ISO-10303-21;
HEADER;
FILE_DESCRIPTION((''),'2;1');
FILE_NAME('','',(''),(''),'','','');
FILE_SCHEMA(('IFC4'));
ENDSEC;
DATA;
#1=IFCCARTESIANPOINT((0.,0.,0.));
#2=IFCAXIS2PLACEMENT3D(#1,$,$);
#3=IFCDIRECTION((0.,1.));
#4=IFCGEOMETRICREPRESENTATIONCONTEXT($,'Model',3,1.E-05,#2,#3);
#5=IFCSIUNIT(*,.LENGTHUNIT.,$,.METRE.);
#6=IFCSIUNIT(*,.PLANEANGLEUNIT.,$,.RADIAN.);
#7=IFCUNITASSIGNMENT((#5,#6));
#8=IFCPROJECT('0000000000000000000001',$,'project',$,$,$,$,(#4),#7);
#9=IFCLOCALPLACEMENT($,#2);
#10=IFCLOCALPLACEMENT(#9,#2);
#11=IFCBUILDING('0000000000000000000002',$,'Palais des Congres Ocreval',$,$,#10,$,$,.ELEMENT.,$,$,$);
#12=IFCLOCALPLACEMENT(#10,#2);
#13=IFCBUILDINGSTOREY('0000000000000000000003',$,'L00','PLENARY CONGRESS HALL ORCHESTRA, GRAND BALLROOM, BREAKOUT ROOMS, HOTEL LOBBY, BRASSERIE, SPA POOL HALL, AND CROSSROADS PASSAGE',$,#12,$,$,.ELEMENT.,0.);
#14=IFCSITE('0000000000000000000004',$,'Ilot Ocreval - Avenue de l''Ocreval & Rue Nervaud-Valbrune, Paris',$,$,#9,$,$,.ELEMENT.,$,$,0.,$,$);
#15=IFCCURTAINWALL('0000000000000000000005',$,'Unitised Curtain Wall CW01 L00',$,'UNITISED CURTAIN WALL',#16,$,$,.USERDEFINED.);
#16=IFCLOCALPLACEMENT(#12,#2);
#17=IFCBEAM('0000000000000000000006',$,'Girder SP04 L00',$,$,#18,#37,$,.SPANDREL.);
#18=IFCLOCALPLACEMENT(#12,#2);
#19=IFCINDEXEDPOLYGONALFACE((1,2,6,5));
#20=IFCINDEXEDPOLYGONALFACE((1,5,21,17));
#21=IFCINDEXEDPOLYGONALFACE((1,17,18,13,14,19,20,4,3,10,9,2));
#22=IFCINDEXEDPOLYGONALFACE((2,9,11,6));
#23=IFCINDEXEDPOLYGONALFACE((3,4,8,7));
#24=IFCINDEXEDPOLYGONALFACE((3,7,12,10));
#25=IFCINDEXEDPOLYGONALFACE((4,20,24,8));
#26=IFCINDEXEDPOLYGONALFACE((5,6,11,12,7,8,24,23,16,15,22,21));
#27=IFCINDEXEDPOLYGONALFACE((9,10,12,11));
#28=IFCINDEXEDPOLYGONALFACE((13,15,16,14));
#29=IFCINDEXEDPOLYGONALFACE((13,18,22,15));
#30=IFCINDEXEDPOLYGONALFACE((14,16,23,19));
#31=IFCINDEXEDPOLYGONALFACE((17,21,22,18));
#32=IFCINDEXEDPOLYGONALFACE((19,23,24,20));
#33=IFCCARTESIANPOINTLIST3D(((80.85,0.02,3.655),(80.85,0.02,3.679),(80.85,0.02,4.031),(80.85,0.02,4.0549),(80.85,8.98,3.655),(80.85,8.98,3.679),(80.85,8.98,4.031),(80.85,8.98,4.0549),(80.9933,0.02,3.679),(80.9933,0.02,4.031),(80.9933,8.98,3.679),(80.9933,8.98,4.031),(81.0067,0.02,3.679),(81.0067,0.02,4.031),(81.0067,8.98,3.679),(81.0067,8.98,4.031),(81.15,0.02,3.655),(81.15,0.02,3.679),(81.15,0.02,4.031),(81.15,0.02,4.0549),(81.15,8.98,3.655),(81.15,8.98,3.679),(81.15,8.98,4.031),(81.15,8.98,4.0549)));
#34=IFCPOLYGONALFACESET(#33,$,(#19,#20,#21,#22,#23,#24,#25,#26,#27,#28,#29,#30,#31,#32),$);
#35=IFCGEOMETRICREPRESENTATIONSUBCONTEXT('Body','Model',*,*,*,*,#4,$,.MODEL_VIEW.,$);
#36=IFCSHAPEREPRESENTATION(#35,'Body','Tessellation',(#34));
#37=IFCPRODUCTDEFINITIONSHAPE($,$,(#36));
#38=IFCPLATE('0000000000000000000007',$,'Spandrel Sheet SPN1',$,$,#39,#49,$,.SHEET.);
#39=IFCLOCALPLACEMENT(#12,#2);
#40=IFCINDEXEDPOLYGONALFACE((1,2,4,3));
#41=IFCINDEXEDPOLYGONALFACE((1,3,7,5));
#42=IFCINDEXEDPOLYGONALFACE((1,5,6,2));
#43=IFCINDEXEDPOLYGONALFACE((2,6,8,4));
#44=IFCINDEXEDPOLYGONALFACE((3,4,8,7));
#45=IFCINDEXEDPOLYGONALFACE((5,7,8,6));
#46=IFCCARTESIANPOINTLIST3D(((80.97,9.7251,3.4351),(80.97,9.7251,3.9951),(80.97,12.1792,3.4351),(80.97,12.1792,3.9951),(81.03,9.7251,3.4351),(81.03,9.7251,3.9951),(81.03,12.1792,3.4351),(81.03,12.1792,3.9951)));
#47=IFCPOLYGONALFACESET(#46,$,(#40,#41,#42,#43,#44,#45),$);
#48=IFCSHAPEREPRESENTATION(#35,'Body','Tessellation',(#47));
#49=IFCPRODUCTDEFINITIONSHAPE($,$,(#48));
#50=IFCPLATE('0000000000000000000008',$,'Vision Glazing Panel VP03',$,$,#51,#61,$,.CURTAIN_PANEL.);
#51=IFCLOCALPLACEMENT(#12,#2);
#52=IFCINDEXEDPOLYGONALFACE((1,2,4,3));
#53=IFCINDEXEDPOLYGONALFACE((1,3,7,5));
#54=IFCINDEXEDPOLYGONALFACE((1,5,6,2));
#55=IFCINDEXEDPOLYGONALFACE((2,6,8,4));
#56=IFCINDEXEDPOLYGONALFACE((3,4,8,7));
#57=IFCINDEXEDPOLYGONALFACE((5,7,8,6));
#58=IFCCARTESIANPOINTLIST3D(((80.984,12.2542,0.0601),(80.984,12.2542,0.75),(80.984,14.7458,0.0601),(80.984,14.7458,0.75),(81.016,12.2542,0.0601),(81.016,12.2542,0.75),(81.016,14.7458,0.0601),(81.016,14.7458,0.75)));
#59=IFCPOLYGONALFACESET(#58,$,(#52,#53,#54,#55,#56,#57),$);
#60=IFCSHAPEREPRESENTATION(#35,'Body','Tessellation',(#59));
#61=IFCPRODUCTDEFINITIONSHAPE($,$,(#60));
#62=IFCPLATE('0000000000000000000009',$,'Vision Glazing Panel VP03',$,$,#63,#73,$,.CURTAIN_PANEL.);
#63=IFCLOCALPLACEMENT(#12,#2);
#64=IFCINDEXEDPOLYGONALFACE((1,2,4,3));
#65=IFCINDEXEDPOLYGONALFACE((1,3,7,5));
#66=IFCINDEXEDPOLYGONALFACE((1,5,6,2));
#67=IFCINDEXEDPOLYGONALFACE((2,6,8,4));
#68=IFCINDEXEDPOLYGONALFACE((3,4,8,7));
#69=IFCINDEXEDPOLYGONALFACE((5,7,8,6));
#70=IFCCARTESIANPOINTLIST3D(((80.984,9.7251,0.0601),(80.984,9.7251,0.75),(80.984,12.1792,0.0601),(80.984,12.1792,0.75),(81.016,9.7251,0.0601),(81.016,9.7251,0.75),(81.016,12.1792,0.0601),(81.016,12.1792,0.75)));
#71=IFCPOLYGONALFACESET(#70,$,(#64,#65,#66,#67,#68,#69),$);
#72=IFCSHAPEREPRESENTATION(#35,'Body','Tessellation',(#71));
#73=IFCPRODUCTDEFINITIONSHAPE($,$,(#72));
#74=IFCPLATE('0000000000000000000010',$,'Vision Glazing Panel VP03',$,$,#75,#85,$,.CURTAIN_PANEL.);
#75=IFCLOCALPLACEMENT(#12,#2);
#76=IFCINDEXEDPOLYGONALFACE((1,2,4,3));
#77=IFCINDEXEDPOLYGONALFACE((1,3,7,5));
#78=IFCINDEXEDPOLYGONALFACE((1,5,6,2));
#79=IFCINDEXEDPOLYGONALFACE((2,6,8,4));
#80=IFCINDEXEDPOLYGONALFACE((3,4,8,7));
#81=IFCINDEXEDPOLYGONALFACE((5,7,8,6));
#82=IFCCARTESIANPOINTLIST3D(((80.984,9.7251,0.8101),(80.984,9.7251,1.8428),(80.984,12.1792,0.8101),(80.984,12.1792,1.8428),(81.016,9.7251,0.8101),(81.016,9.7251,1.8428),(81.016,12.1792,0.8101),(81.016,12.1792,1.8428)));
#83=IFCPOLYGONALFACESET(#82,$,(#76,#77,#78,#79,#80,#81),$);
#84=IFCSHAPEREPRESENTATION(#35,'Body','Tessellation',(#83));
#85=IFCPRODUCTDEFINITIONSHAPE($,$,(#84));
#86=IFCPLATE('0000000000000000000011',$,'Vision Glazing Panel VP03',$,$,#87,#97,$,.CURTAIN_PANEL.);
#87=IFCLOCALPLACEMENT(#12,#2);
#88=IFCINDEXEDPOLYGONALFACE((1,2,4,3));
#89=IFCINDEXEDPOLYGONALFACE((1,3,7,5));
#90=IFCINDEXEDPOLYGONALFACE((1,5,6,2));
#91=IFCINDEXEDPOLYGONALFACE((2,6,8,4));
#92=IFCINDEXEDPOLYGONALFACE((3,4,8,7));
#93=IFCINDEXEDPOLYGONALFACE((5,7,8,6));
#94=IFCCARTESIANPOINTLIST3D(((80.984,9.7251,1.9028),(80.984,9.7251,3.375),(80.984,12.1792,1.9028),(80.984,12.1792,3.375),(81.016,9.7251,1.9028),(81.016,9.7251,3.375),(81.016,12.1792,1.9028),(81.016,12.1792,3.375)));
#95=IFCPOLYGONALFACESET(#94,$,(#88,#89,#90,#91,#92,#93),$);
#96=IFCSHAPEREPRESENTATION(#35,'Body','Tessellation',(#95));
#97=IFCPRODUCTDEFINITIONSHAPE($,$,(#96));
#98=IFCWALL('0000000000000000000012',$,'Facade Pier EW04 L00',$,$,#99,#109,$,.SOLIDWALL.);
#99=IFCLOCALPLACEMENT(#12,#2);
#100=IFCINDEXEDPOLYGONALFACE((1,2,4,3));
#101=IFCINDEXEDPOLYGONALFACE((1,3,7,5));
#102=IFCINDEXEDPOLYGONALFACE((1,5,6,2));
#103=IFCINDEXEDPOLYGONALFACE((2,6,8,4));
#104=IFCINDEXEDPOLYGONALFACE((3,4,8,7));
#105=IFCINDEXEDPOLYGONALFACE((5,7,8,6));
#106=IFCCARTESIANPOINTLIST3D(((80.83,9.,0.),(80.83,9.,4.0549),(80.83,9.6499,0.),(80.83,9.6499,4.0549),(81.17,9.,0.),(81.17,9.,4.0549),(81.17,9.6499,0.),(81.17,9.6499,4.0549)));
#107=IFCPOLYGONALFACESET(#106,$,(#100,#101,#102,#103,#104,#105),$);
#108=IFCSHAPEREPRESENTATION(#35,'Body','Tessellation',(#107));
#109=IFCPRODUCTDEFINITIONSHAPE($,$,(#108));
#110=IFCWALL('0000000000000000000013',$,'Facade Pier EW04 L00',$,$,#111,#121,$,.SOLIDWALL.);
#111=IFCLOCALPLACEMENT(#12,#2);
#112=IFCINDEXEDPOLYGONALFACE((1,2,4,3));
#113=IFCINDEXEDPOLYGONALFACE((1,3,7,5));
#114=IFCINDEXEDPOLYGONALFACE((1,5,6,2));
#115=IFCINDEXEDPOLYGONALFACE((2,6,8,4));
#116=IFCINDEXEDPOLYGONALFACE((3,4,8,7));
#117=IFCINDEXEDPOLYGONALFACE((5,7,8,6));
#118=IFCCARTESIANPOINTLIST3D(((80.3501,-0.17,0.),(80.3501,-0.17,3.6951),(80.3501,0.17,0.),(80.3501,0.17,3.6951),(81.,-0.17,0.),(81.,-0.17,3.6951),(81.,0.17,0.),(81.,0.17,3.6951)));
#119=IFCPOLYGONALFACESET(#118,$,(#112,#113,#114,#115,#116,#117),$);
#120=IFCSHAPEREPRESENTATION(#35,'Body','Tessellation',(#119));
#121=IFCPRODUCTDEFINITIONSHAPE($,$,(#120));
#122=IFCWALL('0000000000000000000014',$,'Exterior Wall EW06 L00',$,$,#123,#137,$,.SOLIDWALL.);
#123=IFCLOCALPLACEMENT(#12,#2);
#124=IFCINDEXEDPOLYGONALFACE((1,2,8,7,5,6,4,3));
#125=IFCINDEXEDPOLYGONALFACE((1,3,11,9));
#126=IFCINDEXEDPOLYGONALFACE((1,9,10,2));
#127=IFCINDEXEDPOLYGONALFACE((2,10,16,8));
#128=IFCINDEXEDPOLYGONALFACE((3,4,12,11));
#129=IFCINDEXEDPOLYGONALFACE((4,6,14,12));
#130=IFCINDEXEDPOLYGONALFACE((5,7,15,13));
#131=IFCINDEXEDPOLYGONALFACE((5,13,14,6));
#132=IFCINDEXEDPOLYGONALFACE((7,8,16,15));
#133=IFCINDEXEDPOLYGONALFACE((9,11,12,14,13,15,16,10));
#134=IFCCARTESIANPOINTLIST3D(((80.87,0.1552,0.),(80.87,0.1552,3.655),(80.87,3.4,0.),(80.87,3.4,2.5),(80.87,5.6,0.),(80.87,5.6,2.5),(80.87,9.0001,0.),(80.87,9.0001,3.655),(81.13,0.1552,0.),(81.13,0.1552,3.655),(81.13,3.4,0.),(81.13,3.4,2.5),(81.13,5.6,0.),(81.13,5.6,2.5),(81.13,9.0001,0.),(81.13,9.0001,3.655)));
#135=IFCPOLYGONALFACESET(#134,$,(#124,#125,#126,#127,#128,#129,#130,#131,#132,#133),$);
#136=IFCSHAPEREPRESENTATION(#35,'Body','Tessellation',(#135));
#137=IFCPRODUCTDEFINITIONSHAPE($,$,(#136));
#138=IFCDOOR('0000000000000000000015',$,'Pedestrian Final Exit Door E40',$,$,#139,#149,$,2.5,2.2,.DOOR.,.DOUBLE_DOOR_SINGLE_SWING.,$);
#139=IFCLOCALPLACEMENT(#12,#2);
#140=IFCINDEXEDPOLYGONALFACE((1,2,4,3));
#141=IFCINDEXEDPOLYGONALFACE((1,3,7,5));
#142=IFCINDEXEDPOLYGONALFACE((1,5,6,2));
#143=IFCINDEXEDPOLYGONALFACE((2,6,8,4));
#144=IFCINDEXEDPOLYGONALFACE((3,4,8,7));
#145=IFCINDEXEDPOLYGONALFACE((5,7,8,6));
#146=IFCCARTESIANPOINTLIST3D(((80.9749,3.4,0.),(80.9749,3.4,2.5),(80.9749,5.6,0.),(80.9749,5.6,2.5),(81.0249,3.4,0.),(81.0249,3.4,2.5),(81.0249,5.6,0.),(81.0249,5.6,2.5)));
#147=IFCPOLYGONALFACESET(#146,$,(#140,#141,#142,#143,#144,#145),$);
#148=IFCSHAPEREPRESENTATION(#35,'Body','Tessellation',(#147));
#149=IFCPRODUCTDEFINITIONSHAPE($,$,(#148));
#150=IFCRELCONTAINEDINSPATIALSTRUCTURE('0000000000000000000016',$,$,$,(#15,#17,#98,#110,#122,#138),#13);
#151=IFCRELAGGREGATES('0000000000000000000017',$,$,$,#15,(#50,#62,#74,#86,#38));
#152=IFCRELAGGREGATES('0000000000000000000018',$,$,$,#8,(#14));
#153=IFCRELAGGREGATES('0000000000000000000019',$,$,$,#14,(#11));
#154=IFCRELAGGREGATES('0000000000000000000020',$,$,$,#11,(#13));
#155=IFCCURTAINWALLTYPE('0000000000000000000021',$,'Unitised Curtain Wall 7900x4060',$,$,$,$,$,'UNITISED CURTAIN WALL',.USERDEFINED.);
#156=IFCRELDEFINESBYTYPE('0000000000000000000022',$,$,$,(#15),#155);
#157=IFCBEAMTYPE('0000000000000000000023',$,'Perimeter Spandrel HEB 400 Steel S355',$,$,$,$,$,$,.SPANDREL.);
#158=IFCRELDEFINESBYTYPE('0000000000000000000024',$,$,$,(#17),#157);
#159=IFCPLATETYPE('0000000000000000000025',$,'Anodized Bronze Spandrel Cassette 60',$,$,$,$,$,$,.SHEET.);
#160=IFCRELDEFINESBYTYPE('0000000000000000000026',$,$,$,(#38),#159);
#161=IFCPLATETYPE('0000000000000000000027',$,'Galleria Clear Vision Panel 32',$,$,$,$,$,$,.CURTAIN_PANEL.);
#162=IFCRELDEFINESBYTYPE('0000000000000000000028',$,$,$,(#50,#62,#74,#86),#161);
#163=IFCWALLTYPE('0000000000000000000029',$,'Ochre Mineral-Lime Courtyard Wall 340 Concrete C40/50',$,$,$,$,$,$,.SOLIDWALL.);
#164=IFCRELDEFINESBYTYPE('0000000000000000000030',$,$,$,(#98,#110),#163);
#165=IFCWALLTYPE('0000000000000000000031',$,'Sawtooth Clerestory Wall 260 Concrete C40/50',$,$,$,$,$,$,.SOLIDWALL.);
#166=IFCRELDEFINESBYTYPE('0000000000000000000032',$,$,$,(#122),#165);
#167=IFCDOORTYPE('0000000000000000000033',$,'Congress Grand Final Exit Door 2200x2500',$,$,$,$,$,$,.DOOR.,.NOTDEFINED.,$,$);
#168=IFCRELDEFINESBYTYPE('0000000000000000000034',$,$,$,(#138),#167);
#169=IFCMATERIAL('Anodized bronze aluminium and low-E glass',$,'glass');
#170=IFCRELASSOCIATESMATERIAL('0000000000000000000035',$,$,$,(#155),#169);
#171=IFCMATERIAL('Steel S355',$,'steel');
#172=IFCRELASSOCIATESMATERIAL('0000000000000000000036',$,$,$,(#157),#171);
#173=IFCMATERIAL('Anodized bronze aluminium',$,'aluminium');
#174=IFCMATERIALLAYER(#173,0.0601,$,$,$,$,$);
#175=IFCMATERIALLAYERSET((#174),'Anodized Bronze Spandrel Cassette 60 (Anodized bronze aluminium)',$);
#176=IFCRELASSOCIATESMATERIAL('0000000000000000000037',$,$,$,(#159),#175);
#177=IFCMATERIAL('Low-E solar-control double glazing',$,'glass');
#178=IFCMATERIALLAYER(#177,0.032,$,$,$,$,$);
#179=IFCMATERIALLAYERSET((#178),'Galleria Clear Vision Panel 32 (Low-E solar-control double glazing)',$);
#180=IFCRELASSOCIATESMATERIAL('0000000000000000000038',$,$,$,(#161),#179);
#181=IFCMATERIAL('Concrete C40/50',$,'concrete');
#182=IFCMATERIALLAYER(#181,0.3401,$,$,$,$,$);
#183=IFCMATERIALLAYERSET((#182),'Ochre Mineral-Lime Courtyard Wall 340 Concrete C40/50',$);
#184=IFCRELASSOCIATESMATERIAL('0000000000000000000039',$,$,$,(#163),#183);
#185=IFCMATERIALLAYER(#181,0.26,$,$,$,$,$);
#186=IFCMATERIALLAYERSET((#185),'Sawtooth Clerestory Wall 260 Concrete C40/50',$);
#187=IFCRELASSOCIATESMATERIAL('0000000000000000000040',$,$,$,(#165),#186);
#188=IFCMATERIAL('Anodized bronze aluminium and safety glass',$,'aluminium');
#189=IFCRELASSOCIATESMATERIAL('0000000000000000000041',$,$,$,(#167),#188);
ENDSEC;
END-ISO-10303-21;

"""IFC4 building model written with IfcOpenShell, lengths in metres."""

from ifc_helpers import new_model, si_unit, direction, frame, frame_2d, origin, origin_2d, place, context, subcontext, project, spatial, rectangle, i_section, extrude, material, layer, layer_set, material_profile, profile_set, type_object, element, fill, aggregate, save


model = new_model("IFC4")

# Units and contexts
model_context = context("Model", 3, precision=1e-05, world=origin(), true_north=direction((0.0, 1.0)))
body_context = subcontext(model_context, "Body", "Model", "MODEL_VIEW")
ifc_project = project(units=[si_unit("LENGTHUNIT", "METRE"), si_unit("PLANEANGLEUNIT", "RADIAN")], contexts=[model_context])

# Site, building, storey
site_placement = place(None, origin())
site = spatial("IfcSite", under=ifc_project, at=site_placement, Name="Ilot Ocreval - Avenue de l'Ocreval & Rue Nervaud-Valbrune, Paris", CompositionType="ELEMENT", RefElevation=0.0)
building_placement = place(site_placement, origin())
building = spatial("IfcBuilding", under=site, at=building_placement, Name="Palais des Congres Ocreval", CompositionType="ELEMENT")
storey_placement = place(building_placement, origin())
storey = spatial("IfcBuildingStorey", under=building, at=storey_placement, Name="L00", Description="PLENARY CONGRESS HALL ORCHESTRA, GRAND BALLROOM, BREAKOUT ROOMS, HOTEL LOBBY, BRASSERIE, SPA POOL HALL, AND CROSSROADS PASSAGE", CompositionType="ELEMENT", Elevation=0.0)

# Shared definitions
ifc_material_1 = material(Name="Steel S355", Category="steel")

# Curtain wall
ifc_material_2 = material(Name="Anodized bronze aluminium and low-E glass", Category="glass")
curtain_wall_type = type_object("IfcCurtainWallType", Name="Unitised Curtain Wall 7900x4060", ElementType="UNITISED CURTAIN WALL", PredefinedType="USERDEFINED", material=ifc_material_2)
curtain_wall_placement = place(storey_placement, origin())
curtain_wall = element("IfcCurtainWall", 1, at=curtain_wall_placement, inside=storey, type_object=curtain_wall_type, Name="Unitised Curtain Wall CW01 L00", ObjectType="UNITISED CURTAIN WALL", PredefinedType="USERDEFINED")
ifc_material_3 = material(Name="Anodized bronze aluminium", Category="aluminium")

# Beam
ifc_material_profile_1 = material_profile(ifc_material_1, i_section(OverallWidth=0.3, OverallDepth=0.3999, WebThickness=0.0134, FlangeThickness=0.0239, at=origin_2d()), Name="HEB 400")
ifc_profile_set_1 = profile_set([ifc_material_profile_1], Name="Steel S355")
beam_type_1 = type_object("IfcBeamType", Name="Perimeter Spandrel HEB 400 Steel S355", PredefinedType="SPANDREL", material=ifc_profile_set_1)
beam_1_placement = place(storey_placement, frame((81.0, 0.02, 3.855), z_axis=(0.0, 1.0, 0.0), x_axis=(-1.0, 0.0, 0.0)))
element("IfcBeam", 2, at=beam_1_placement, inside=storey, type_object=beam_type_1, Name="Girder SP04 L00", PredefinedType="SPANDREL", context=body_context, shape_type="SweptSolid", body=[
    extrude(i_section(OverallWidth=0.3, OverallDepth=0.3999, WebThickness=0.0134, FlangeThickness=0.0239, at=origin_2d()), origin(), (0.0, 0.0, 1.0), 8.96),
])

# Plates
ifc_layer_1 = layer(ifc_material_3, 0.0601)
ifc_layer_set_1 = layer_set([ifc_layer_1], Name="Anodized Bronze Spandrel Cassette 60 (Anodized bronze aluminium)")
plate_type_1 = type_object("IfcPlateType", Name="Anodized Bronze Spandrel Cassette 60", PredefinedType="SHEET", material=ifc_layer_set_1)
plate_1_placement = place(storey_placement, frame((81.0, 10.9521, 3.4351), z_axis=(0.0, 0.0, 1.0), x_axis=(0.0, -1.0, 0.0)))
plate_1 = element("IfcPlate", 3, at=plate_1_placement, type_object=plate_type_1, Name="Spandrel Sheet SPN1", PredefinedType="SHEET", context=body_context, shape_type="SweptSolid", body=[
    extrude(rectangle(XDim=2.4541, YDim=0.0601, at=origin_2d()), origin(), (0.0, 0.0, 1.0), 0.5601),
])
ifc_material_4 = material(Name="Low-E solar-control double glazing", Category="glass")
ifc_layer_2 = layer(ifc_material_4, 0.032)
ifc_layer_set_2 = layer_set([ifc_layer_2], Name="Galleria Clear Vision Panel 32 (Low-E solar-control double glazing)")
plate_type_2 = type_object("IfcPlateType", Name="Galleria Clear Vision Panel 32", PredefinedType="CURTAIN_PANEL", material=ifc_layer_set_2)
plate_2_placement = place(storey_placement, frame((81.0, 13.5, 0.0601), z_axis=(0.0, 0.0, 1.0), x_axis=(0.0, -1.0, 0.0)))
plate_2 = element("IfcPlate", 4, at=plate_2_placement, type_object=plate_type_2, Name="Vision Glazing Panel VP03", PredefinedType="CURTAIN_PANEL", context=body_context, shape_type="SweptSolid", body=[
    extrude(rectangle(XDim=2.4917, YDim=0.032, at=origin_2d()), origin(), (0.0, 0.0, 1.0), 0.6899),
])
plate_3_placement = place(storey_placement, frame((81.0, 10.9521, 0.0601), z_axis=(0.0, 0.0, 1.0), x_axis=(0.0, -1.0, 0.0)))
plate_3 = element("IfcPlate", 5, at=plate_3_placement, type_object=plate_type_2, Name="Vision Glazing Panel VP03", PredefinedType="CURTAIN_PANEL", context=body_context, shape_type="SweptSolid", body=[
    extrude(rectangle(XDim=2.4541, YDim=0.032, at=origin_2d()), origin(), (0.0, 0.0, 1.0), 0.6899),
])
plate_4_placement = place(storey_placement, frame((81.0, 10.9521, 0.8101), z_axis=(0.0, 0.0, 1.0), x_axis=(0.0, -1.0, 0.0)))
plate_4 = element("IfcPlate", 6, at=plate_4_placement, type_object=plate_type_2, Name="Vision Glazing Panel VP03", PredefinedType="CURTAIN_PANEL", context=body_context, shape_type="SweptSolid", body=[
    extrude(rectangle(XDim=2.4541, YDim=0.032, at=origin_2d()), origin(), (0.0, 0.0, 1.0), 1.0327),
])
plate_5_placement = place(storey_placement, frame((81.0, 10.9521, 1.9028), z_axis=(0.0, 0.0, 1.0), x_axis=(0.0, -1.0, 0.0)))
plate_5 = element("IfcPlate", 7, at=plate_5_placement, type_object=plate_type_2, Name="Vision Glazing Panel VP03", PredefinedType="CURTAIN_PANEL", context=body_context, shape_type="SweptSolid", body=[
    extrude(rectangle(XDim=2.4541, YDim=0.032, at=origin_2d()), origin(), (0.0, 0.0, 1.0), 1.4722),
])
aggregate(curtain_wall, [plate_2, plate_3, plate_4, plate_5, plate_1])

# Walls
ifc_material_5 = material(Name="Concrete C40/50", Category="concrete")
ifc_layer_3 = layer(ifc_material_5, 0.3401)
ifc_layer_set_3 = layer_set([ifc_layer_3], Name="Ochre Mineral-Lime Courtyard Wall 340 Concrete C40/50")
wall_type_1 = type_object("IfcWallType", Name="Ochre Mineral-Lime Courtyard Wall 340 Concrete C40/50", PredefinedType="SOLIDWALL", material=ifc_layer_set_3)
wall_1_placement = place(storey_placement, frame((81.0, 9.6499, 0.0), z_axis=(0.0, 0.0, 1.0), x_axis=(0.0, -1.0, 0.0)))
element("IfcWall", 8, at=wall_1_placement, inside=storey, type_object=wall_type_1, Name="Facade Pier EW04 L00", PredefinedType="SOLIDWALL", context=body_context, shape_type="SweptSolid", body=[
    extrude(rectangle(XDim=0.6499, YDim=0.3401, at=frame_2d((0.325, 0.0))), origin(), (0.0, 0.0, 1.0), 4.0549),
])
wall_2_placement = place(storey_placement, frame((81.0, 0.0, 0.0), z_axis=(0.0, 0.0, 1.0), x_axis=(-1.0, 0.0, 0.0)))
element("IfcWall", 9, at=wall_2_placement, inside=storey, type_object=wall_type_1, Name="Facade Pier EW04 L00", PredefinedType="SOLIDWALL", context=body_context, shape_type="SweptSolid", body=[
    extrude(rectangle(XDim=0.6499, YDim=0.3401, at=frame_2d((0.325, 0.0))), origin(), (0.0, 0.0, 1.0), 3.6951),
])

# Wall, opening, door
ifc_layer_4 = layer(ifc_material_5, 0.26)
ifc_layer_set_4 = layer_set([ifc_layer_4], Name="Sawtooth Clerestory Wall 260 Concrete C40/50")
wall_type_2 = type_object("IfcWallType", Name="Sawtooth Clerestory Wall 260 Concrete C40/50", PredefinedType="SOLIDWALL", material=ifc_layer_set_4)
wall_3_placement = place(storey_placement, frame((81.0, 9.0, 0.0), z_axis=(0.0, 0.0, 1.0), x_axis=(0.0, -1.0, 0.0)))
wall_3 = element("IfcWall", 10, at=wall_3_placement, inside=storey, type_object=wall_type_2, Name="Exterior Wall EW06 L00", PredefinedType="SOLIDWALL", context=body_context, shape_type="SweptSolid", body=[
    extrude(rectangle(XDim=8.845, YDim=0.26, at=frame_2d((4.4224, 0.0))), origin(), (0.0, 0.0, 1.0), 3.655),
])
opening_placement = place(wall_3_placement, frame((3.3999, 0.0, 0.0)))
opening = element("IfcOpeningElement", 11, at=opening_placement, cuts=wall_3, PredefinedType="OPENING", context=body_context, shape_type="SweptSolid", body=[
    extrude(rectangle(XDim=2.2, YDim=2.5, at=frame_2d((1.1001, 1.25))), frame((0.0, 0.1399, 0.0), z_axis=(0.0, -1.0, 0.0), x_axis=(1.0, 0.0, 0.0)), (0.0, 0.0, 1.0), 0.28),
])
ifc_material_6 = material(Name="Anodized bronze aluminium and safety glass", Category="aluminium")
door_type = type_object("IfcDoorType", Name="Congress Grand Final Exit Door 2200x2500", OperationType="NOTDEFINED", PredefinedType="DOOR", material=ifc_material_6)
door_placement = place(opening_placement, origin())
door = element("IfcDoor", 12, at=door_placement, inside=storey, type_object=door_type, Name="Pedestrian Final Exit Door E40", OperationType="DOUBLE_DOOR_SINGLE_SWING", OverallHeight=2.5, OverallWidth=2.2, PredefinedType="DOOR", context=body_context, shape_type="SweptSolid", body=[
    extrude(rectangle(XDim=2.2, YDim=2.5, at=frame_2d((1.1001, 1.25))), frame((0.0, 0.0249, 0.0), z_axis=(0.0, -1.0, 0.0), x_axis=(1.0, 0.0, 0.0)), (0.0, 0.0, 1.0), 0.05),
])
fill(opening, door)

save(model, "model.ifc")
